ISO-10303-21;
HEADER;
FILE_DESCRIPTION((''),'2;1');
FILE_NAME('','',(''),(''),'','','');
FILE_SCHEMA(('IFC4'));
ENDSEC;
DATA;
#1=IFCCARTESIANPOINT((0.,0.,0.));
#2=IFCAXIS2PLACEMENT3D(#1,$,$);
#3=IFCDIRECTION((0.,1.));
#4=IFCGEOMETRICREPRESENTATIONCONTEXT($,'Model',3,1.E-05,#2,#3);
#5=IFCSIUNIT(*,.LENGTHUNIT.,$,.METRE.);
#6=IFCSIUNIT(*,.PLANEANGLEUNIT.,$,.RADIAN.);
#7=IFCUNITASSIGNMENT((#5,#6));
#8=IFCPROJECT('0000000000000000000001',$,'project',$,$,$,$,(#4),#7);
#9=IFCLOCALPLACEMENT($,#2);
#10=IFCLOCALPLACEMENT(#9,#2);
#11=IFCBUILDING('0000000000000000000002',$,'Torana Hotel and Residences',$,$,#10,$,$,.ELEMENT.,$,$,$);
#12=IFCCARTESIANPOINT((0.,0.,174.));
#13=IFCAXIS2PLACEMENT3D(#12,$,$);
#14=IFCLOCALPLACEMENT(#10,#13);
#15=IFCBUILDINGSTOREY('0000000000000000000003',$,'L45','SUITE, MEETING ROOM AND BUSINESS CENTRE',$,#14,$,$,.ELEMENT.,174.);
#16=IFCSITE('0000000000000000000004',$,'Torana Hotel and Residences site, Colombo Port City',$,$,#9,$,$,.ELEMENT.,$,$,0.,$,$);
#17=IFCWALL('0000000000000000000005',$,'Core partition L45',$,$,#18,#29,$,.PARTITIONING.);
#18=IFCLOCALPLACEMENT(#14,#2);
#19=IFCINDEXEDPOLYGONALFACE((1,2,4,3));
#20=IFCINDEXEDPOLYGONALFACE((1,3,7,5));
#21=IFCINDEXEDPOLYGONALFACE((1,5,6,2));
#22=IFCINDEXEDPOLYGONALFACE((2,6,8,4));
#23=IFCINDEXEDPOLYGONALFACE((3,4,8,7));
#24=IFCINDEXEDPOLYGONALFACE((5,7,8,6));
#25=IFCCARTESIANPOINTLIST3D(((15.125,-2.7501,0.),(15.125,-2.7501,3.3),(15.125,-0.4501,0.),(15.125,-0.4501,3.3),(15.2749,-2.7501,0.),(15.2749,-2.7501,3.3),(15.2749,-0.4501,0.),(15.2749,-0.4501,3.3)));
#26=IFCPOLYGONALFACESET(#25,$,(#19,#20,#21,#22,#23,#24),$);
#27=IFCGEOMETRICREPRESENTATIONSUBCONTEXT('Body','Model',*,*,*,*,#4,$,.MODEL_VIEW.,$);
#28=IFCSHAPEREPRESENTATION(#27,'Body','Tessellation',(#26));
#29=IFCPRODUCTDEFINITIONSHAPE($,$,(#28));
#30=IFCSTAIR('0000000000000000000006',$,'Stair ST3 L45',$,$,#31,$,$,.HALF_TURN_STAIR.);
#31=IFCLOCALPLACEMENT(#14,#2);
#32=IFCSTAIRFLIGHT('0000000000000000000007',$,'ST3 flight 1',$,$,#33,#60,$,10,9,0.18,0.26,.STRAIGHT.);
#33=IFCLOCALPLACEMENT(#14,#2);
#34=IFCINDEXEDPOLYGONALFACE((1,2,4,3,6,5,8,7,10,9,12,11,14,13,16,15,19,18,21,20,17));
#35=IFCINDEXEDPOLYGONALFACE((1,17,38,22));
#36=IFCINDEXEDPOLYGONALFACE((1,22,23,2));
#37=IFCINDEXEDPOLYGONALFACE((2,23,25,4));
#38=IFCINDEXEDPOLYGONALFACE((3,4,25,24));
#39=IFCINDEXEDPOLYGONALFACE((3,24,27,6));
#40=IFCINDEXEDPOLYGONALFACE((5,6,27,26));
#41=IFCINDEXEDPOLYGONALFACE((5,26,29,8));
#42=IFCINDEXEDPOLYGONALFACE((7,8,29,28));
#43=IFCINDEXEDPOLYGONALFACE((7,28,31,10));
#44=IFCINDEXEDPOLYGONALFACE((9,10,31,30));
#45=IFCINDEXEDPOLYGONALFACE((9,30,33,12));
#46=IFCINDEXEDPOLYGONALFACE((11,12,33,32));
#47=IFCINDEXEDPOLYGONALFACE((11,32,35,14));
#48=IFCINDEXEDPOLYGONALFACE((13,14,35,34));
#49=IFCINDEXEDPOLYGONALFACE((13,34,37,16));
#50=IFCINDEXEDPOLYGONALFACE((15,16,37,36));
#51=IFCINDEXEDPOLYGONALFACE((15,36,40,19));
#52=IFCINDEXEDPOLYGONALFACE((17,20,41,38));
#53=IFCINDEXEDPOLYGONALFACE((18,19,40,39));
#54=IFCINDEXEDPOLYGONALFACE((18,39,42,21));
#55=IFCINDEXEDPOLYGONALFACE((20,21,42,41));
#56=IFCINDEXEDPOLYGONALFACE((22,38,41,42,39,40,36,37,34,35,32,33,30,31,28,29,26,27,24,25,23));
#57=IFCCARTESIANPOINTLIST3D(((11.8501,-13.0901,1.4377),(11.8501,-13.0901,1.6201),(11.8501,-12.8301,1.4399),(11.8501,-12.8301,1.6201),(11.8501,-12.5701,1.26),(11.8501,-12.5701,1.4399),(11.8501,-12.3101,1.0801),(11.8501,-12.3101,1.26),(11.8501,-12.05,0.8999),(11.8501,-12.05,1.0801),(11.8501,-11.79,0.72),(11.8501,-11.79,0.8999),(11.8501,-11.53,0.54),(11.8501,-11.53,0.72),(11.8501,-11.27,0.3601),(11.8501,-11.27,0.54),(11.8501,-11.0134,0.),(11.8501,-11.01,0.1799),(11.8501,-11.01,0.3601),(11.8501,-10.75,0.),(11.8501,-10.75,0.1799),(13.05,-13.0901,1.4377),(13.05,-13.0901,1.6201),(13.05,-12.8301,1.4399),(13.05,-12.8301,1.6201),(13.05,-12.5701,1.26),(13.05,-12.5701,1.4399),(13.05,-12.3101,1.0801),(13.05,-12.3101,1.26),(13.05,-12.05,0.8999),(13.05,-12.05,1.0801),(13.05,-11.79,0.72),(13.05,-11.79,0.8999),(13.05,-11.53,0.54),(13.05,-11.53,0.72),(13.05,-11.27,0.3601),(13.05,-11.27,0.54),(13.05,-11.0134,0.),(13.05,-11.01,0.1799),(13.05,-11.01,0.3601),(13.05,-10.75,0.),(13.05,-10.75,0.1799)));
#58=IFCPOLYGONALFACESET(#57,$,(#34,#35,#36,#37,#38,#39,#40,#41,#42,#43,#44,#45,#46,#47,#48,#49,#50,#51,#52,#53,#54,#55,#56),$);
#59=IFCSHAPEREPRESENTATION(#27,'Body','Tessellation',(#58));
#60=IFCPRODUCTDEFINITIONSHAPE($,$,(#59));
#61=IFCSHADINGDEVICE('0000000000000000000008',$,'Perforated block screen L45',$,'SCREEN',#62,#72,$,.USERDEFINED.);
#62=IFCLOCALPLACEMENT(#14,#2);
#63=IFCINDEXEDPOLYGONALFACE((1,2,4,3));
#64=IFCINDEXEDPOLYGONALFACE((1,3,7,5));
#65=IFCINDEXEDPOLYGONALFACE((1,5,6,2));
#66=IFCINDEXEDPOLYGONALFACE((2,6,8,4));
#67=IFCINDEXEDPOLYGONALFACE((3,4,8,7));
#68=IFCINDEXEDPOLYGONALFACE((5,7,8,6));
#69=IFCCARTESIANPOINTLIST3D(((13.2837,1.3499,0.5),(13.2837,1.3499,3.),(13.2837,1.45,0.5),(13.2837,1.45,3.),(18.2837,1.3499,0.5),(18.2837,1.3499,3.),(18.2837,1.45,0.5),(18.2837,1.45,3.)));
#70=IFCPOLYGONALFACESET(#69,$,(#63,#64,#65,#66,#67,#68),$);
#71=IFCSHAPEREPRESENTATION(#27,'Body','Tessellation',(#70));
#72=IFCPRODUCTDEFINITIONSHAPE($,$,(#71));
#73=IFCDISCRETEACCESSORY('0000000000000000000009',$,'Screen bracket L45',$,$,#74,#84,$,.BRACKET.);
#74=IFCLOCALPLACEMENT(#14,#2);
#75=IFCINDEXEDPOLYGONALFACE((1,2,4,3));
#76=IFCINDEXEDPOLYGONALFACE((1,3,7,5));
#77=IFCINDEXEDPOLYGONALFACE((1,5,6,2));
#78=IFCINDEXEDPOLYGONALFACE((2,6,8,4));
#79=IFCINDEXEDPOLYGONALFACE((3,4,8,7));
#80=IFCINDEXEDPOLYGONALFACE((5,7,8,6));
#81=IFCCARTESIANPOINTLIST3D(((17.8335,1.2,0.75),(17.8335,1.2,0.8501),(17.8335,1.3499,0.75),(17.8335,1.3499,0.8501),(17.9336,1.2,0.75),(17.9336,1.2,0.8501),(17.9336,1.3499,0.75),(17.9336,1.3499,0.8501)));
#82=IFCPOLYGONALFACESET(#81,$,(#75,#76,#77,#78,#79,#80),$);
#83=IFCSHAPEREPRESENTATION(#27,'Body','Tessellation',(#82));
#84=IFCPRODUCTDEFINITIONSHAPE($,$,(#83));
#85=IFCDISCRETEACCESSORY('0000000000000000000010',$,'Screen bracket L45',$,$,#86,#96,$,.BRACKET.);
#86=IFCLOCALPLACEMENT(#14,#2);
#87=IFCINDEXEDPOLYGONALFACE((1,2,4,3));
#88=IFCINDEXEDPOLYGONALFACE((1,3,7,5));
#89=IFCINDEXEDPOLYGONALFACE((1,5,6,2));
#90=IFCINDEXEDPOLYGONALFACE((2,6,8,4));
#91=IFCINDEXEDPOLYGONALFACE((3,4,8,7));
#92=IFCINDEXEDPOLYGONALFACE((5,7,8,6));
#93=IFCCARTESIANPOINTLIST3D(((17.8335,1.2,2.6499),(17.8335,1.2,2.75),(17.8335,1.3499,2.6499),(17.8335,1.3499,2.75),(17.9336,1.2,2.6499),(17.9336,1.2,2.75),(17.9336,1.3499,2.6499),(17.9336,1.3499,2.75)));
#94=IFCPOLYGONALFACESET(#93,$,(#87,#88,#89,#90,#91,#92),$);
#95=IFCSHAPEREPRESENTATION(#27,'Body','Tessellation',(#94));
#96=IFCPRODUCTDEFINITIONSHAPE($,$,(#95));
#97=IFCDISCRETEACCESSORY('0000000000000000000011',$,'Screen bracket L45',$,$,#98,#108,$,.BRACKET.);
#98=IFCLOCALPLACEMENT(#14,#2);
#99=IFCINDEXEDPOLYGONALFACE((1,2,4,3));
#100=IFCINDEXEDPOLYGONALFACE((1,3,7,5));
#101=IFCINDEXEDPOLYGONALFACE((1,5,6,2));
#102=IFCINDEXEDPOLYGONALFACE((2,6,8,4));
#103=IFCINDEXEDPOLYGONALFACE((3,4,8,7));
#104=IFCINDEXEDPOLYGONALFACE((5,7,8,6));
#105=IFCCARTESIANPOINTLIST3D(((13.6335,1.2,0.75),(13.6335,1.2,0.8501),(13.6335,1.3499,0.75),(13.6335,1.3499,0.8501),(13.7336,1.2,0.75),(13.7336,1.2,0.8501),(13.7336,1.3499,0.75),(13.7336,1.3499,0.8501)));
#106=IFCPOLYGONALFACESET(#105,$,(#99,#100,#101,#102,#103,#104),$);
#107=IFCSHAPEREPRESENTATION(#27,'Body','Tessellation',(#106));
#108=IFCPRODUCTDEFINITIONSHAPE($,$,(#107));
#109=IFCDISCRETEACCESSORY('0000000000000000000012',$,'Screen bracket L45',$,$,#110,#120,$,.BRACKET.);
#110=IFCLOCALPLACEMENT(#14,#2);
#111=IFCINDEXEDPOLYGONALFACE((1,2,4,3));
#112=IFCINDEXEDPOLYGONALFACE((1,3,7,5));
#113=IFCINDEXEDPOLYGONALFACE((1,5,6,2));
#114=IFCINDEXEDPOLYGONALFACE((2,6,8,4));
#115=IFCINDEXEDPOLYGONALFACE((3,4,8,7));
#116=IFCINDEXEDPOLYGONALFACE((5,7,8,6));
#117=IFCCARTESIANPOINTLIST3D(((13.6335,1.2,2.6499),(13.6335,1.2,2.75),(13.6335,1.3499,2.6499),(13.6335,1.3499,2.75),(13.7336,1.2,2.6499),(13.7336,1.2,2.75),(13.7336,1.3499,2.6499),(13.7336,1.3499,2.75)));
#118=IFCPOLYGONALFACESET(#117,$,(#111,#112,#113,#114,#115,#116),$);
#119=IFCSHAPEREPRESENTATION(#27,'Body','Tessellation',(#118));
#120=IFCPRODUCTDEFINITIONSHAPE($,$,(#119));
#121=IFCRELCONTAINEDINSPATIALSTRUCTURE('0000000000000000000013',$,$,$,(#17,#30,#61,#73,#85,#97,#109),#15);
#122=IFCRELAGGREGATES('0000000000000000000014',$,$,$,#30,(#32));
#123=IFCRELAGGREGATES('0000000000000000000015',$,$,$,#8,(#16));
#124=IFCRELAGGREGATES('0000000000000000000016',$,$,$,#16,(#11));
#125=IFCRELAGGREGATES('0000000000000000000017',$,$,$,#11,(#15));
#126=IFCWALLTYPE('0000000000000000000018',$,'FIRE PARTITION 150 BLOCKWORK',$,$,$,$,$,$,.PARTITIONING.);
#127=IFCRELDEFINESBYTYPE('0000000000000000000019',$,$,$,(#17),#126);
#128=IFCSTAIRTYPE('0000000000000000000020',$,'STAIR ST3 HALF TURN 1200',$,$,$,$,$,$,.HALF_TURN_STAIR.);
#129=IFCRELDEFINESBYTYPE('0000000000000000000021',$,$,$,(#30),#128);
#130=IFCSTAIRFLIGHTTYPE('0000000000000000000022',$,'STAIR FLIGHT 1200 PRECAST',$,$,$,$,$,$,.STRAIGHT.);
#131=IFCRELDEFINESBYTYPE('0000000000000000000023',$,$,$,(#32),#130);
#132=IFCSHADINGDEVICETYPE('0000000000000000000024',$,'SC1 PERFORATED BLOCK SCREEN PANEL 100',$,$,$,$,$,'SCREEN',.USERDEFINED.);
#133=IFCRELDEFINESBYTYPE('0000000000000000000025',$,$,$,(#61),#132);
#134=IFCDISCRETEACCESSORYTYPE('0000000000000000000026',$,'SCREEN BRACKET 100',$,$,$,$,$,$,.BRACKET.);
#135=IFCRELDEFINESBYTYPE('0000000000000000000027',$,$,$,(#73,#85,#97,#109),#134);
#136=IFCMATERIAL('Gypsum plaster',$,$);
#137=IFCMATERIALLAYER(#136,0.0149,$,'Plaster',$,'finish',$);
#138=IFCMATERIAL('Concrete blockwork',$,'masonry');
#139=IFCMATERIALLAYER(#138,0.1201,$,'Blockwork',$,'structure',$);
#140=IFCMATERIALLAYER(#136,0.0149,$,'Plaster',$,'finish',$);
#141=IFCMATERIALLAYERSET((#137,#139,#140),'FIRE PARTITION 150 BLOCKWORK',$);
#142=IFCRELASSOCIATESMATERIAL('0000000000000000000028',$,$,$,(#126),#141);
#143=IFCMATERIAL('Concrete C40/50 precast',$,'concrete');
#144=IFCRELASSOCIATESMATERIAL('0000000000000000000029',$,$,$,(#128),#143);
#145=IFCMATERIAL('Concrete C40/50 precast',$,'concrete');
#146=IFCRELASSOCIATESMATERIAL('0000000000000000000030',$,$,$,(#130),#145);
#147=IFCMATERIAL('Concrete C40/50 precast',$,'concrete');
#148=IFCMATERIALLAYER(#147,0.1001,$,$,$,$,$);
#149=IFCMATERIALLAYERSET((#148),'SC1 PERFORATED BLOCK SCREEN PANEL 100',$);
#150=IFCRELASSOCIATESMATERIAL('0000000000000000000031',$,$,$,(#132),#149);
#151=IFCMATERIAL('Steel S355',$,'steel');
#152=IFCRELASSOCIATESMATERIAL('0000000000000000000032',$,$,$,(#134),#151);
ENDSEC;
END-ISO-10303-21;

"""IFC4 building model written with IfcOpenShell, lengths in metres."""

from ifc_helpers import new_model, si_unit, direction, frame, frame_2d, origin, origin_2d, place, context, subcontext, project, spatial, polyline, rectangle, outline, extrude, material, layer, layer_set, type_object, element, aggregate, save


model = new_model("IFC4")

# Units and contexts
model_context = context("Model", 3, precision=1e-05, world=origin(), true_north=direction((0.0, 1.0)))
body_context = subcontext(model_context, "Body", "Model", "MODEL_VIEW")
ifc_project = project(units=[si_unit("LENGTHUNIT", "METRE"), si_unit("PLANEANGLEUNIT", "RADIAN")], contexts=[model_context])

# Site, building, storey
site_placement = place(None, origin())
site = spatial("IfcSite", under=ifc_project, at=site_placement, Name="Torana Hotel and Residences site, Colombo Port City", CompositionType="ELEMENT", RefElevation=0.0)
building_placement = place(site_placement, origin())
building = spatial("IfcBuilding", under=site, at=building_placement, Name="Torana Hotel and Residences", CompositionType="ELEMENT")
storey_placement = place(building_placement, frame((0.0, 0.0, 174.0)))
storey = spatial("IfcBuildingStorey", under=building, at=storey_placement, Name="L45", Description="SUITE, MEETING ROOM AND BUSINESS CENTRE", CompositionType="ELEMENT", Elevation=174.0)

# Wall
ifc_material_1 = material(Name="Gypsum plaster")
ifc_layer_1 = layer(ifc_material_1, 0.0149, Name="Plaster", Category="finish")
ifc_material_2 = material(Name="Concrete blockwork", Category="masonry")
ifc_layer_2 = layer(ifc_material_2, 0.1201, Name="Blockwork", Category="structure")
ifc_layer_3 = layer(ifc_material_1, 0.0149, Name="Plaster", Category="finish")
ifc_layer_set_1 = layer_set([ifc_layer_1, ifc_layer_2, ifc_layer_3], Name="FIRE PARTITION 150 BLOCKWORK")
wall_type_1 = type_object("IfcWallType", Name="FIRE PARTITION 150 BLOCKWORK", PredefinedType="PARTITIONING", material=ifc_layer_set_1)
wall_1_placement = place(storey_placement, frame((15.2, -2.75, 0.0), z_axis=(0.0, 0.0, 1.0), x_axis=(0.0, 1.0, 0.0)))
element("IfcWall", 1, at=wall_1_placement, inside=storey, type_object=wall_type_1, Name="Core partition L45", PredefinedType="PARTITIONING", context=body_context, shape_type="SweptSolid", body=[
    extrude(rectangle(XDim=2.3, YDim=0.1499, at=frame_2d((1.1499, 0.0))), origin(), (0.0, 0.0, 1.0), 3.3),
])

# Stair, stair flight
ifc_material_3 = material(Name="Concrete C40/50 precast", Category="concrete")
stair_type = type_object("IfcStairType", Name="STAIR ST3 HALF TURN 1200", PredefinedType="HALF_TURN_STAIR", material=ifc_material_3)
stair_placement = place(storey_placement, origin())
stair = element("IfcStair", 2, at=stair_placement, inside=storey, type_object=stair_type, Name="Stair ST3 L45", PredefinedType="HALF_TURN_STAIR")
ifc_material_4 = material(Name="Concrete C40/50 precast", Category="concrete")
stair_flight_type = type_object("IfcStairFlightType", Name="STAIR FLIGHT 1200 PRECAST", PredefinedType="STRAIGHT", material=ifc_material_4)
stair_flight_placement = place(storey_placement, frame((12.45, -10.75, 0.0), z_axis=(0.0, 0.0, 1.0), x_axis=(0.0, -1.0, 0.0)))
stair_flight = element("IfcStairFlight", 3, at=stair_flight_placement, type_object=stair_flight_type, Name="ST3 flight 1", NumberOfRisers=10, NumberOfTreads=9, PredefinedType="STRAIGHT", RiserHeight=0.18, TreadLength=0.26, context=body_context, shape_type="SweptSolid", body=[
    extrude(outline(polyline([(0.0, 0.0), (0.0, 0.1799), (0.26, 0.1799), (0.26, 0.3601), (0.52, 0.3601), (0.52, 0.54), (0.78, 0.54), (0.78, 0.72), (1.04, 0.72), (1.04, 0.8999), (1.3, 0.8999), (1.3, 1.0801), (1.5601, 1.0801), (1.5601, 1.26), (1.8201, 1.26), (1.8201, 1.4399), (2.0801, 1.4399), (2.0801, 1.6201), (2.3401, 1.6201), (2.3401, 1.8), (2.3401, 1.4377), (0.2634, 0.0), (0.0, 0.0)])), frame((0.0, 0.6001, 0.0), z_axis=(0.0, -1.0, 0.0), x_axis=(1.0, 0.0, 0.0)), (0.0, 0.0, 1.0), 1.2),
])
aggregate(stair, [stair_flight])

# Shading device
ifc_material_5 = material(Name="Concrete C40/50 precast", Category="concrete")
ifc_layer_4 = layer(ifc_material_5, 0.1001)
ifc_layer_set_2 = layer_set([ifc_layer_4], Name="SC1 PERFORATED BLOCK SCREEN PANEL 100")
shading_device_type = type_object("IfcShadingDeviceType", Name="SC1 PERFORATED BLOCK SCREEN PANEL 100", ElementType="SCREEN", PredefinedType="USERDEFINED", material=ifc_layer_set_2)
shading_device_placement = place(storey_placement, frame((15.7837, 1.3999, 0.5), z_axis=(0.0, 0.0, 1.0), x_axis=(-1.0, 0.0, 0.0)))
element("IfcShadingDevice", 4, at=shading_device_placement, inside=storey, type_object=shading_device_type, Name="Perforated block screen L45", ObjectType="SCREEN", PredefinedType="USERDEFINED", context=body_context, shape_type="SweptSolid", body=[
    extrude(rectangle(XDim=5.0, YDim=0.1001, at=origin_2d()), origin(), (0.0, 0.0, 1.0), 2.5),
])

# Discrete accessories
ifc_material_6 = material(Name="Steel S355", Category="steel")
discrete_accessory_type = type_object("IfcDiscreteAccessoryType", Name="SCREEN BRACKET 100", PredefinedType="BRACKET", material=ifc_material_6)
for number, where, z_axis, x_axis, name in (
    (5, (17.8835, 1.2749, 0.75), (0.0, 0.0, 1.0), (-1.0, 0.0, 0.0), "Screen bracket L45"),
    (6, (17.8835, 1.2749, 2.6499), (0.0, 0.0, 1.0), (-1.0, 0.0, 0.0), "Screen bracket L45"),
    (7, (13.6836, 1.2749, 0.75), (0.0, 0.0, 1.0), (-1.0, 0.0, 0.0), "Screen bracket L45"),
    (8, (13.6836, 1.2749, 2.6499), (0.0, 0.0, 1.0), (-1.0, 0.0, 0.0), "Screen bracket L45"),
):
    element("IfcDiscreteAccessory", number, at=place(storey_placement, frame(where, z_axis=z_axis, x_axis=x_axis)), inside=storey, type_object=discrete_accessory_type, Name=name, PredefinedType="BRACKET", context=body_context, shape_type="SweptSolid", body=[
        extrude(rectangle(XDim=0.1001, YDim=0.1499, at=origin_2d()), origin(), (0.0, 0.0, 1.0), 0.1001),
    ])

save(model, "model.ifc")
